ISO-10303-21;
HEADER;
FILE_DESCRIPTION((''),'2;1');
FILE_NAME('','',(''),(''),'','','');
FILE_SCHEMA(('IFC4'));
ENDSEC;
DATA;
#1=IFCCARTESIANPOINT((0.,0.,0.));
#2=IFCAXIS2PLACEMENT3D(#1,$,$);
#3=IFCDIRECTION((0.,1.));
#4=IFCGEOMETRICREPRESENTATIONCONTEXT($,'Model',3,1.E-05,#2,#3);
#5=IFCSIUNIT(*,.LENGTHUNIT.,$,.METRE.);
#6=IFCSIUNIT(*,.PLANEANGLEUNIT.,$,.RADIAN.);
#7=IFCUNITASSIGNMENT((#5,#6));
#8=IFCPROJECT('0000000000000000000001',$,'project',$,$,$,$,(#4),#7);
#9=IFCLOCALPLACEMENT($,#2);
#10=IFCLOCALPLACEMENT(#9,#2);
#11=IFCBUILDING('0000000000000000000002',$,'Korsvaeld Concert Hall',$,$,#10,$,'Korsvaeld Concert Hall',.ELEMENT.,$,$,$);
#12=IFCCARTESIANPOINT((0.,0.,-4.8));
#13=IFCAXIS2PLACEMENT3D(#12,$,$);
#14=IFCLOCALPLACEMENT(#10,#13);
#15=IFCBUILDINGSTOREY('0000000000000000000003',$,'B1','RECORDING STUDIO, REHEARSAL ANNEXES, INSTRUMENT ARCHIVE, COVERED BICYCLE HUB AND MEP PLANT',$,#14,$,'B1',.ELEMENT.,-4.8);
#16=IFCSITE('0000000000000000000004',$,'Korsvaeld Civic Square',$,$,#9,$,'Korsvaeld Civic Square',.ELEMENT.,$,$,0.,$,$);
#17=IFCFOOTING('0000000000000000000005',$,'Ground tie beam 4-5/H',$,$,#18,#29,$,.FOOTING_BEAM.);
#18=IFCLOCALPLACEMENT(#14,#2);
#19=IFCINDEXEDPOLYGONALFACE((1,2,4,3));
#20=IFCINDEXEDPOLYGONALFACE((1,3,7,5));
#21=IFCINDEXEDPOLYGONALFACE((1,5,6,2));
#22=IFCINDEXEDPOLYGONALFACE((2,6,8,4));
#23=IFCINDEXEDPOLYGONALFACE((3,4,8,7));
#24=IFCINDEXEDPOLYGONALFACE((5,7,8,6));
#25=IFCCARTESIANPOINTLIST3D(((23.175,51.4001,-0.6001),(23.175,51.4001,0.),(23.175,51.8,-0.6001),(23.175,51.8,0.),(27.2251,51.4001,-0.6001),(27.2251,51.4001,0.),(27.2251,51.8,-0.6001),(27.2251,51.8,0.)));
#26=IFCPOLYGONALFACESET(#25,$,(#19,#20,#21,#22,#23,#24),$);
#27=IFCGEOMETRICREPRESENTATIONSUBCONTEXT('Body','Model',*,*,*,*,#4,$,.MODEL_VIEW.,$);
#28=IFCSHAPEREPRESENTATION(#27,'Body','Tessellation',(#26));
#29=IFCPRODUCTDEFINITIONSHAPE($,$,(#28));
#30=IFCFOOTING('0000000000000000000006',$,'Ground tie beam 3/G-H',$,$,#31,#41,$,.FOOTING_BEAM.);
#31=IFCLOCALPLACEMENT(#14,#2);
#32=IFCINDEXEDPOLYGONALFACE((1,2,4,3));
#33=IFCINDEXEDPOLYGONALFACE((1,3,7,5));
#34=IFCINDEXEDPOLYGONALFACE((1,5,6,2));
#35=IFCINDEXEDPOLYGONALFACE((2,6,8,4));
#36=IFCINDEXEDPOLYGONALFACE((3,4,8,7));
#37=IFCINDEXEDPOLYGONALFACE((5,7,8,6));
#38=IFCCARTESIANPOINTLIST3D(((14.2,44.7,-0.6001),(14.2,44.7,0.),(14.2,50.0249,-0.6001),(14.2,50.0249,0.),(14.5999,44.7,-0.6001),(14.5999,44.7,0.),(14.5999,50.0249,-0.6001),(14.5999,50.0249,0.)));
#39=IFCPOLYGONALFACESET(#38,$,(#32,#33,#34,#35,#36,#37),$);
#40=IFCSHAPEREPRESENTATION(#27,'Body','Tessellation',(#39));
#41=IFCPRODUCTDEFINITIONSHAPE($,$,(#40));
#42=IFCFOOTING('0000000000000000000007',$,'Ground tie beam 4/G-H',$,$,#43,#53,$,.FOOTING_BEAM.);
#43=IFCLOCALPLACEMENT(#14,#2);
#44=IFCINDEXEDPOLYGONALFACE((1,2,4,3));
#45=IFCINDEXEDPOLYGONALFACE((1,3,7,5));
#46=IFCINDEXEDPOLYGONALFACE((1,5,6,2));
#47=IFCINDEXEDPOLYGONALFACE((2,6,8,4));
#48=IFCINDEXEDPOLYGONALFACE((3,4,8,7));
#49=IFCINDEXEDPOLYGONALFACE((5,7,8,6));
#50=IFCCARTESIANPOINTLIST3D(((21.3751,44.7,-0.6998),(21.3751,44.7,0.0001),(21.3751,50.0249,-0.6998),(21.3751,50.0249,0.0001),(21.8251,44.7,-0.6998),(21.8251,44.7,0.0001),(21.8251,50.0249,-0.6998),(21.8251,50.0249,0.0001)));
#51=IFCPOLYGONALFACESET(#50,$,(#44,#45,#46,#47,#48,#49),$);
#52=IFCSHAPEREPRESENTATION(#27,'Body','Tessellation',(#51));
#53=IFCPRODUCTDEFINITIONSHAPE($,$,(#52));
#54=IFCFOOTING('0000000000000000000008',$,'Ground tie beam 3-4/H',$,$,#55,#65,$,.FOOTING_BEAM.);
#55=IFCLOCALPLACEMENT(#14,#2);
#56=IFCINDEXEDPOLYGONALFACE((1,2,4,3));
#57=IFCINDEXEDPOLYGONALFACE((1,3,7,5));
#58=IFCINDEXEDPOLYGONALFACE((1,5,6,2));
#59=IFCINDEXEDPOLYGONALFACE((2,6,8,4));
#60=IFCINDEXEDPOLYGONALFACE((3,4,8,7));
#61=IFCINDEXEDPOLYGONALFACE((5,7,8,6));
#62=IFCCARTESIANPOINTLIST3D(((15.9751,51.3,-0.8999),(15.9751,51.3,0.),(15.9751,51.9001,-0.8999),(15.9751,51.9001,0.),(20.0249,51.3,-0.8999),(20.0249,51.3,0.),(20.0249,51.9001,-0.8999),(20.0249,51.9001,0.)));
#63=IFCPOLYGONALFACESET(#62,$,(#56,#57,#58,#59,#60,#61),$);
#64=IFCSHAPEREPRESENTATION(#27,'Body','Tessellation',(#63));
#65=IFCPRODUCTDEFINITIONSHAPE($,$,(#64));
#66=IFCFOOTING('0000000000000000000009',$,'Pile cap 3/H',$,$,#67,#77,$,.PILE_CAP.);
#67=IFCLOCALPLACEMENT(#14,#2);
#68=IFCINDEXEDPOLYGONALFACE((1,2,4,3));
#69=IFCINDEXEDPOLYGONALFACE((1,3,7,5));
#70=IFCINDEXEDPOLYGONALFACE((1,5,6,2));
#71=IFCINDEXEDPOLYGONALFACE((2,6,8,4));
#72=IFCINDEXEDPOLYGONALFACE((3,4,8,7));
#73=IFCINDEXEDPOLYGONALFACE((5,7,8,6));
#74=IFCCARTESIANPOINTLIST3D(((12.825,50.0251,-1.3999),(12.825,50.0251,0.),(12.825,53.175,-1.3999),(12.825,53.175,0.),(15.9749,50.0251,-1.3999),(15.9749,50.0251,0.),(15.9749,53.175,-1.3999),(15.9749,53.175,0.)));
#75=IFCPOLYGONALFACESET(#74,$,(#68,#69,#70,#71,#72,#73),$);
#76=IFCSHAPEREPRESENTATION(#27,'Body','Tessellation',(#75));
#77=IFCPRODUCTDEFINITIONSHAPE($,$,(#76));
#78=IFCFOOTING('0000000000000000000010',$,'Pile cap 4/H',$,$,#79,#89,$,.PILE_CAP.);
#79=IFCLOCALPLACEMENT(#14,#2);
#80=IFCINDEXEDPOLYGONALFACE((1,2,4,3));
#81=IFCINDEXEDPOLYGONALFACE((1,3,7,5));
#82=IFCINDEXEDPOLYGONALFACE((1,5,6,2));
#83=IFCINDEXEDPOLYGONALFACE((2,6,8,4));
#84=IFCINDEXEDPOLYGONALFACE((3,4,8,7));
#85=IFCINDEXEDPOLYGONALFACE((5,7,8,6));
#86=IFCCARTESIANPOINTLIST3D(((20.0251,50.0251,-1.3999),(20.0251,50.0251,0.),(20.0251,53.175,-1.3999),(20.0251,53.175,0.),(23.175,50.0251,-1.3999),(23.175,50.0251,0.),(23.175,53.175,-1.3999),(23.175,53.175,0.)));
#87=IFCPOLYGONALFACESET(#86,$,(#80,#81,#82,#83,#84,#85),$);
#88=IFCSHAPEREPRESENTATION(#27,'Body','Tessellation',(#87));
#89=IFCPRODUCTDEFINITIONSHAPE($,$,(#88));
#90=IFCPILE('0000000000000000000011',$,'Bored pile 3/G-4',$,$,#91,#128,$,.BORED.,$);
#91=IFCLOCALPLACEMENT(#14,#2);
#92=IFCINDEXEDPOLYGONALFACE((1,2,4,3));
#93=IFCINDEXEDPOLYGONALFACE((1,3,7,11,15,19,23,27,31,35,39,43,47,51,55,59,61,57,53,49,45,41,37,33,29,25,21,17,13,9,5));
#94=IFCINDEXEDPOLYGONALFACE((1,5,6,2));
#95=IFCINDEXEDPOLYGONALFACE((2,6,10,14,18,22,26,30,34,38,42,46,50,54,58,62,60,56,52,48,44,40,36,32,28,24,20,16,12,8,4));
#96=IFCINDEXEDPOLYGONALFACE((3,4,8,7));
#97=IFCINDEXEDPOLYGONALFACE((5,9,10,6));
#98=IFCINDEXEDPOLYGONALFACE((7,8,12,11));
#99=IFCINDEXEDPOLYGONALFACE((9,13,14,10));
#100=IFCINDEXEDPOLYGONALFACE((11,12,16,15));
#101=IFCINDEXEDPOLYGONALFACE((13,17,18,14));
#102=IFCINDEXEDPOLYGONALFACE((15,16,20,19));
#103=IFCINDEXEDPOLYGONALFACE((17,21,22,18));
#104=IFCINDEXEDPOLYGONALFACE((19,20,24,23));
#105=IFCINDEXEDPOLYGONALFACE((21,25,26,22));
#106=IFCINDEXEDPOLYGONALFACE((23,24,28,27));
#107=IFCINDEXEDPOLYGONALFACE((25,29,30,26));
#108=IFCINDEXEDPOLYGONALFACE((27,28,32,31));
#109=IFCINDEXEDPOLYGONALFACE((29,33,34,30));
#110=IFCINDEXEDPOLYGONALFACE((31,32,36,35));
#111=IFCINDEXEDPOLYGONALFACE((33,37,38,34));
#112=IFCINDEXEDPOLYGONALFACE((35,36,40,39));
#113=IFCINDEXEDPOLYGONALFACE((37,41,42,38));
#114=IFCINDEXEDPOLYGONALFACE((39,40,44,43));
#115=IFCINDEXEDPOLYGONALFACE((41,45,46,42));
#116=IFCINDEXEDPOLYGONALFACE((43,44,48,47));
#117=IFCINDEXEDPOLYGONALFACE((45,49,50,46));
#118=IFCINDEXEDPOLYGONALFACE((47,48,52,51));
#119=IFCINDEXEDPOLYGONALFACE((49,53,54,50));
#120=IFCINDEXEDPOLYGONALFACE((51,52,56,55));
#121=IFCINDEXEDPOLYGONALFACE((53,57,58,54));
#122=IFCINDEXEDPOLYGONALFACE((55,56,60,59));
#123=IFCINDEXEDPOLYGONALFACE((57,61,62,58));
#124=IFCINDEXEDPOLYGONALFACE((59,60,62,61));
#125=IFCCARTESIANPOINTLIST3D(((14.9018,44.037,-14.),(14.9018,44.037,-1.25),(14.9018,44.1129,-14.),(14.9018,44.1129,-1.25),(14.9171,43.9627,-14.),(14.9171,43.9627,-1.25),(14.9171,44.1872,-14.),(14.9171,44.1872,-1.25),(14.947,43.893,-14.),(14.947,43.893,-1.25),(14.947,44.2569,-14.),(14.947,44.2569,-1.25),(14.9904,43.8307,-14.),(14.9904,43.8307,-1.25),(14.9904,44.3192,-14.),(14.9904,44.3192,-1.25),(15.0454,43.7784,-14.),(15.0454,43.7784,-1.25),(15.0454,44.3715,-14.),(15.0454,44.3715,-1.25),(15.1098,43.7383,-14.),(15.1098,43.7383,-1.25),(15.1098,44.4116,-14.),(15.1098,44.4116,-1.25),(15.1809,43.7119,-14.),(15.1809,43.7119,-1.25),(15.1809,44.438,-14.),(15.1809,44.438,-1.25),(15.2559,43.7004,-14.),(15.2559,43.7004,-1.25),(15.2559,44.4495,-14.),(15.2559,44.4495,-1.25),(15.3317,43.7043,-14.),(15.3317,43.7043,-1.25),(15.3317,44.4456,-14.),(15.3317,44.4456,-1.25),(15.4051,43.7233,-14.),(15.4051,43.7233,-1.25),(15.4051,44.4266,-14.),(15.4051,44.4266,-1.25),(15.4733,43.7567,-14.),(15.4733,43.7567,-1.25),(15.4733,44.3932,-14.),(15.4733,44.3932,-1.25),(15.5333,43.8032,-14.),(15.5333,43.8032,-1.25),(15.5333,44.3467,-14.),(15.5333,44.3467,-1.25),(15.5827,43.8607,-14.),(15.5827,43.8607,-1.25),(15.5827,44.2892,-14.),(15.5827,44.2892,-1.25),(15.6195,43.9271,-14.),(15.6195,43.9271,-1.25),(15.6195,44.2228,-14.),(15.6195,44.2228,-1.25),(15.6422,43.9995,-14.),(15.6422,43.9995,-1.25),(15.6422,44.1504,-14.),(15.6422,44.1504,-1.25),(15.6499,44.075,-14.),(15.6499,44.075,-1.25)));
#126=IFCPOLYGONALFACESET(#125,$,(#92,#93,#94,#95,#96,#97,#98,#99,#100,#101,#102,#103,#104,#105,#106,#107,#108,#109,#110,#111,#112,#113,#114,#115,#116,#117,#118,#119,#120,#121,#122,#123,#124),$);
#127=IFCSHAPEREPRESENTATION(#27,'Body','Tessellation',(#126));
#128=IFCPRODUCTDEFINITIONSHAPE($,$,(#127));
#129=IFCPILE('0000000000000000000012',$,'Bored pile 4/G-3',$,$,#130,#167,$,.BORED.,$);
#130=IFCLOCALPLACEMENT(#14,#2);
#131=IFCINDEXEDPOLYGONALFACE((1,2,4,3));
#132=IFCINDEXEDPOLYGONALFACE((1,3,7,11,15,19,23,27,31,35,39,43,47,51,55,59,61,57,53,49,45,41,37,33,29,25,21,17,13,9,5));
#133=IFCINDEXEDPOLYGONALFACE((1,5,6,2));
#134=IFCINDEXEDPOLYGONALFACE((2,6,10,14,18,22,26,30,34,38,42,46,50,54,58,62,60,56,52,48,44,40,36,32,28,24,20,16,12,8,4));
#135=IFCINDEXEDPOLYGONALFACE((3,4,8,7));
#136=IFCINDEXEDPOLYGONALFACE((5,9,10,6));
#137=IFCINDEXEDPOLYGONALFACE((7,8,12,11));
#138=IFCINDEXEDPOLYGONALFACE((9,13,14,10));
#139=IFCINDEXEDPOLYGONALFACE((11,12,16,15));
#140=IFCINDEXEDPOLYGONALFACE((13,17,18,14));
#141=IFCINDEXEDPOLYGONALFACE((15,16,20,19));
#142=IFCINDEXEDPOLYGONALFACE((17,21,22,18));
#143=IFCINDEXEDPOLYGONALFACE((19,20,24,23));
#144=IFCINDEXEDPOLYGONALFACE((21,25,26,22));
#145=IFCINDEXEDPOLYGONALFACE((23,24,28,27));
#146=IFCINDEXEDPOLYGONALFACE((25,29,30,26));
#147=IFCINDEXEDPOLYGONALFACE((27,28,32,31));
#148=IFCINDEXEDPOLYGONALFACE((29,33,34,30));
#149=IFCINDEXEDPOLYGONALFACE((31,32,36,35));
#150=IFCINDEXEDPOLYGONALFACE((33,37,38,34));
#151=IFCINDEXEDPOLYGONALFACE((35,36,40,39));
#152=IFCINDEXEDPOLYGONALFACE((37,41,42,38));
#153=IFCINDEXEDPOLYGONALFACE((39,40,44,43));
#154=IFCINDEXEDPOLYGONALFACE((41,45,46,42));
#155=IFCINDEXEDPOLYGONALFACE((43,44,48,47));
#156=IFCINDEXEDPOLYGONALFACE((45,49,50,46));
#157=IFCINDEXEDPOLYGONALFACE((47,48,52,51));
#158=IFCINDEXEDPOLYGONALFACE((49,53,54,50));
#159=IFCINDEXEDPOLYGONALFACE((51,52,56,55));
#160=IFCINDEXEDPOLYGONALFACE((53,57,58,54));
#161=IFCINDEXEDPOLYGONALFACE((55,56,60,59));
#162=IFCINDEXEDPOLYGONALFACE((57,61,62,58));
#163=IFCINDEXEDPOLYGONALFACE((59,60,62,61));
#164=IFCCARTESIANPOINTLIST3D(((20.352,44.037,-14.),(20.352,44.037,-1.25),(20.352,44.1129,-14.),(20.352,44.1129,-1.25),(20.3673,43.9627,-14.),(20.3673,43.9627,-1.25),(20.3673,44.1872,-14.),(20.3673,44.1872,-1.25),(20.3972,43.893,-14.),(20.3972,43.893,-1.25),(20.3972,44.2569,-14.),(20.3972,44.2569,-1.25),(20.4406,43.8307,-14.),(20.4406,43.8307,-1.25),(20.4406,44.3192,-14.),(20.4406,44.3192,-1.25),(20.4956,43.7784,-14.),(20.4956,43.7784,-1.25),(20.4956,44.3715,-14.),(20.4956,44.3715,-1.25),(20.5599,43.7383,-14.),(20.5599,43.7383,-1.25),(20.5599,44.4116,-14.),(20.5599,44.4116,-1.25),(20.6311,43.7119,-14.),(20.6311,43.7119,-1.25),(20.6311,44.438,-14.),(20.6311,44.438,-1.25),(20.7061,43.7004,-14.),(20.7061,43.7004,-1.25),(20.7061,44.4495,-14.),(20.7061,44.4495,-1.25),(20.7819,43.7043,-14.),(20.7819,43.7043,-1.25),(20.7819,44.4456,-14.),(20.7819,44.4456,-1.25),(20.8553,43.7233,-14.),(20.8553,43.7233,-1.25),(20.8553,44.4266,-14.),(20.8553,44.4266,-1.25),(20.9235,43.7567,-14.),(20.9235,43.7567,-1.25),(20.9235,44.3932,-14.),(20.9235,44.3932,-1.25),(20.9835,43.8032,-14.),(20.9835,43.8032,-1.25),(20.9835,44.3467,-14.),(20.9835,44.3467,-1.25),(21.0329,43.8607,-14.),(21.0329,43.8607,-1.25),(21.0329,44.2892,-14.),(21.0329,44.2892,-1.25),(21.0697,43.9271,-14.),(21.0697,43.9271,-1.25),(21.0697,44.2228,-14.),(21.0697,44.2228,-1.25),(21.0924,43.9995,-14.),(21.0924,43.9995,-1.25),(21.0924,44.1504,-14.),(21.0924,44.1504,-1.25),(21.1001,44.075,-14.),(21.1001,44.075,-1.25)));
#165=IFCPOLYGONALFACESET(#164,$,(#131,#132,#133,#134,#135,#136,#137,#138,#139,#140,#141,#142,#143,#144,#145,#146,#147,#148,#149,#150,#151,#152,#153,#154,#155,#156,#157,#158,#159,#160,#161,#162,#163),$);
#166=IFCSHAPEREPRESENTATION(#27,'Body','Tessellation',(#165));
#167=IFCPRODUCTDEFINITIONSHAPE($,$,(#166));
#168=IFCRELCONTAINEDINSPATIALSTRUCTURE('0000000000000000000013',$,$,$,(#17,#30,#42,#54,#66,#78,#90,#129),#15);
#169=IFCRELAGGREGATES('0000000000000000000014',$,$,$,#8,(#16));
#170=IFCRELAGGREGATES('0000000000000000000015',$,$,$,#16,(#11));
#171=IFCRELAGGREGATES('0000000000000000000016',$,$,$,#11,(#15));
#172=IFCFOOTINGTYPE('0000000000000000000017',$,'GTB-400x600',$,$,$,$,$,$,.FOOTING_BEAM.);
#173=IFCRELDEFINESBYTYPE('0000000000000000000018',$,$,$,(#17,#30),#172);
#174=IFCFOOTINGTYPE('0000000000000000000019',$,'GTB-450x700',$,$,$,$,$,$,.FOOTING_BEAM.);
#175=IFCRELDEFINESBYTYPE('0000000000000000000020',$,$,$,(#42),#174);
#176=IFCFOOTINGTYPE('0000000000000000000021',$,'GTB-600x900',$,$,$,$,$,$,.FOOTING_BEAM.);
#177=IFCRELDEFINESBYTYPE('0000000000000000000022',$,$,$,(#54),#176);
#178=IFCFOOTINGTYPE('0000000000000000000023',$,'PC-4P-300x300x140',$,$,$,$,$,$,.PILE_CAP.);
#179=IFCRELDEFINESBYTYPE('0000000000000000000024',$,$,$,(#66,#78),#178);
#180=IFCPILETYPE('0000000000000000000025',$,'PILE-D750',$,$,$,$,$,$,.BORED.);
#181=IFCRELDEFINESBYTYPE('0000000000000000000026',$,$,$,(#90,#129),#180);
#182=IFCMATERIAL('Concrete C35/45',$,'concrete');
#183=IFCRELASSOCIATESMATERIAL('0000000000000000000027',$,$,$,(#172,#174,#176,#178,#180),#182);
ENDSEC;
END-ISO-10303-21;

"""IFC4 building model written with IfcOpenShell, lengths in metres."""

from ifc_helpers import new_model, si_unit, direction, frame, origin, origin_2d, place, context, subcontext, project, spatial, rectangle, circle, extrude, material, material_profile, profile_set, type_object, element, save


model = new_model("IFC4")

# Units and contexts
model_context = context("Model", 3, precision=1e-05, world=origin(), true_north=direction((0.0, 1.0)))
body_context = subcontext(model_context, "Body", "Model", "MODEL_VIEW")
ifc_project = project(units=[si_unit("LENGTHUNIT", "METRE"), si_unit("PLANEANGLEUNIT", "RADIAN")], contexts=[model_context])

# Site, building, storey
site_placement = place(None, origin())
site = spatial("IfcSite", under=ifc_project, at=site_placement, Name="Korsvaeld Civic Square", LongName="Korsvaeld Civic Square", CompositionType="ELEMENT", RefElevation=0.0)
building_placement = place(site_placement, origin())
building = spatial("IfcBuilding", under=site, at=building_placement, Name="Korsvaeld Concert Hall", LongName="Korsvaeld Concert Hall", CompositionType="ELEMENT")
storey_placement = place(building_placement, frame((0.0, 0.0, -4.8)))
storey = spatial("IfcBuildingStorey", under=building, at=storey_placement, Name="B1", Description="RECORDING STUDIO, REHEARSAL ANNEXES, INSTRUMENT ARCHIVE, COVERED BICYCLE HUB AND MEP PLANT", LongName="B1", CompositionType="ELEMENT", Elevation=-4.8)

# Footings
ifc_material_1 = material(Name="Concrete C35/45", Category="concrete")
ifc_material_profile_1 = material_profile(ifc_material_1, rectangle(XDim=0.3999, YDim=0.6001, at=origin_2d()), Name="GTB 400x600")
ifc_profile_set_1 = profile_set([ifc_material_profile_1], Name="Concrete C35/45")
footing_type_1 = type_object("IfcFootingType", Name="GTB-400x600", PredefinedType="FOOTING_BEAM", material=ifc_profile_set_1)
footing_1_placement = place(storey_placement, frame((23.175, 51.6001, -0.3), z_axis=(1.0, 0.0, 0.0), x_axis=(0.0, 1.0, 0.0)))
element("IfcFooting", 1, at=footing_1_placement, inside=storey, type_object=footing_type_1, Name="Ground tie beam 4-5/H", PredefinedType="FOOTING_BEAM", context=body_context, shape_type="SweptSolid", body=[
    extrude(rectangle(XDim=0.3999, YDim=0.6001, at=origin_2d()), origin(), (0.0, 0.0, 1.0), 4.05),
])
footing_2_placement = place(storey_placement, frame((14.3999, 44.7, -0.3), z_axis=(0.0, 1.0, 0.0), x_axis=(-1.0, 0.0, 0.0)))
element("IfcFooting", 2, at=footing_2_placement, inside=storey, type_object=footing_type_1, Name="Ground tie beam 3/G-H", PredefinedType="FOOTING_BEAM", context=body_context, shape_type="SweptSolid", body=[
    extrude(rectangle(XDim=0.3999, YDim=0.6001, at=origin_2d()), origin(), (0.0, 0.0, 1.0), 5.325),
])
ifc_material_profile_2 = material_profile(ifc_material_1, rectangle(XDim=0.45, YDim=0.7, at=origin_2d()), Name="GTB 450x700")
ifc_profile_set_2 = profile_set([ifc_material_profile_2], Name="Concrete C35/45")
footing_type_2 = type_object("IfcFootingType", Name="GTB-450x700", PredefinedType="FOOTING_BEAM", material=ifc_profile_set_2)
footing_3_placement = place(storey_placement, frame((21.6001, 44.7, -0.3499), z_axis=(0.0, 1.0, 0.0), x_axis=(-1.0, 0.0, 0.0)))
element("IfcFooting", 3, at=footing_3_placement, inside=storey, type_object=footing_type_2, Name="Ground tie beam 4/G-H", PredefinedType="FOOTING_BEAM", context=body_context, shape_type="SweptSolid", body=[
    extrude(rectangle(XDim=0.45, YDim=0.7, at=origin_2d()), origin(), (0.0, 0.0, 1.0), 5.325),
])
ifc_material_profile_3 = material_profile(ifc_material_1, rectangle(XDim=0.6001, YDim=0.8999, at=origin_2d()), Name="GTB 600x900")
ifc_profile_set_3 = profile_set([ifc_material_profile_3], Name="Concrete C35/45")
footing_type_3 = type_object("IfcFootingType", Name="GTB-600x900", PredefinedType="FOOTING_BEAM", material=ifc_profile_set_3)
footing_4_placement = place(storey_placement, frame((15.9751, 51.6001, -0.45), z_axis=(1.0, 0.0, 0.0), x_axis=(0.0, 1.0, 0.0)))
element("IfcFooting", 4, at=footing_4_placement, inside=storey, type_object=footing_type_3, Name="Ground tie beam 3-4/H", PredefinedType="FOOTING_BEAM", context=body_context, shape_type="SweptSolid", body=[
    extrude(rectangle(XDim=0.6001, YDim=0.8999, at=origin_2d()), origin(), (0.0, 0.0, 1.0), 4.0498),
])
footing_type_4 = type_object("IfcFootingType", Name="PC-4P-300x300x140", PredefinedType="PILE_CAP", material=ifc_material_1)
for number, where, z_axis, x_axis, name in (
    (5, (14.3999, 51.6001, -1.3999), (0.0, 0.0, 1.0), (1.0, 0.0, 0.0), "Pile cap 3/H"),
    (6, (21.6001, 51.6001, -1.3999), (0.0, 0.0, 1.0), (1.0, 0.0, 0.0), "Pile cap 4/H"),
):
    element("IfcFooting", number, at=place(storey_placement, frame(where, z_axis=z_axis, x_axis=x_axis)), inside=storey, type_object=footing_type_4, Name=name, PredefinedType="PILE_CAP", context=body_context, shape_type="SweptSolid", body=[
        extrude(rectangle(XDim=3.1499, YDim=3.1499, at=origin_2d()), origin(), (0.0, 0.0, 1.0), 1.3999),
    ])

# Piles
ifc_material_profile_4 = material_profile(ifc_material_1, circle(Radius=0.375, at=origin_2d()), Name="BORED PILE D750")
ifc_profile_set_4 = profile_set([ifc_material_profile_4], Name="Concrete C35/45")
pile_type_1 = type_object("IfcPileType", Name="PILE-D750", PredefinedType="BORED", material=ifc_profile_set_4)
for number, where, z_axis, x_axis, name in (
    (7, (15.2749, 44.075, -1.25), (0.0, 0.0, -1.0), (1.0, 0.0, 0.0), "Bored pile 3/G-4"),
    (8, (20.7251, 44.075, -1.25), (0.0, 0.0, -1.0), (1.0, 0.0, 0.0), "Bored pile 4/G-3"),
):
    element("IfcPile", number, at=place(storey_placement, frame(where, z_axis=z_axis, x_axis=x_axis)), inside=storey, type_object=pile_type_1, Name=name, PredefinedType="BORED", context=body_context, shape_type="SweptSolid", body=[
        extrude(circle(Radius=0.375, at=origin_2d()), origin(), (0.0, 0.0, 1.0), 12.75),
    ])

save(model, "model.ifc")
